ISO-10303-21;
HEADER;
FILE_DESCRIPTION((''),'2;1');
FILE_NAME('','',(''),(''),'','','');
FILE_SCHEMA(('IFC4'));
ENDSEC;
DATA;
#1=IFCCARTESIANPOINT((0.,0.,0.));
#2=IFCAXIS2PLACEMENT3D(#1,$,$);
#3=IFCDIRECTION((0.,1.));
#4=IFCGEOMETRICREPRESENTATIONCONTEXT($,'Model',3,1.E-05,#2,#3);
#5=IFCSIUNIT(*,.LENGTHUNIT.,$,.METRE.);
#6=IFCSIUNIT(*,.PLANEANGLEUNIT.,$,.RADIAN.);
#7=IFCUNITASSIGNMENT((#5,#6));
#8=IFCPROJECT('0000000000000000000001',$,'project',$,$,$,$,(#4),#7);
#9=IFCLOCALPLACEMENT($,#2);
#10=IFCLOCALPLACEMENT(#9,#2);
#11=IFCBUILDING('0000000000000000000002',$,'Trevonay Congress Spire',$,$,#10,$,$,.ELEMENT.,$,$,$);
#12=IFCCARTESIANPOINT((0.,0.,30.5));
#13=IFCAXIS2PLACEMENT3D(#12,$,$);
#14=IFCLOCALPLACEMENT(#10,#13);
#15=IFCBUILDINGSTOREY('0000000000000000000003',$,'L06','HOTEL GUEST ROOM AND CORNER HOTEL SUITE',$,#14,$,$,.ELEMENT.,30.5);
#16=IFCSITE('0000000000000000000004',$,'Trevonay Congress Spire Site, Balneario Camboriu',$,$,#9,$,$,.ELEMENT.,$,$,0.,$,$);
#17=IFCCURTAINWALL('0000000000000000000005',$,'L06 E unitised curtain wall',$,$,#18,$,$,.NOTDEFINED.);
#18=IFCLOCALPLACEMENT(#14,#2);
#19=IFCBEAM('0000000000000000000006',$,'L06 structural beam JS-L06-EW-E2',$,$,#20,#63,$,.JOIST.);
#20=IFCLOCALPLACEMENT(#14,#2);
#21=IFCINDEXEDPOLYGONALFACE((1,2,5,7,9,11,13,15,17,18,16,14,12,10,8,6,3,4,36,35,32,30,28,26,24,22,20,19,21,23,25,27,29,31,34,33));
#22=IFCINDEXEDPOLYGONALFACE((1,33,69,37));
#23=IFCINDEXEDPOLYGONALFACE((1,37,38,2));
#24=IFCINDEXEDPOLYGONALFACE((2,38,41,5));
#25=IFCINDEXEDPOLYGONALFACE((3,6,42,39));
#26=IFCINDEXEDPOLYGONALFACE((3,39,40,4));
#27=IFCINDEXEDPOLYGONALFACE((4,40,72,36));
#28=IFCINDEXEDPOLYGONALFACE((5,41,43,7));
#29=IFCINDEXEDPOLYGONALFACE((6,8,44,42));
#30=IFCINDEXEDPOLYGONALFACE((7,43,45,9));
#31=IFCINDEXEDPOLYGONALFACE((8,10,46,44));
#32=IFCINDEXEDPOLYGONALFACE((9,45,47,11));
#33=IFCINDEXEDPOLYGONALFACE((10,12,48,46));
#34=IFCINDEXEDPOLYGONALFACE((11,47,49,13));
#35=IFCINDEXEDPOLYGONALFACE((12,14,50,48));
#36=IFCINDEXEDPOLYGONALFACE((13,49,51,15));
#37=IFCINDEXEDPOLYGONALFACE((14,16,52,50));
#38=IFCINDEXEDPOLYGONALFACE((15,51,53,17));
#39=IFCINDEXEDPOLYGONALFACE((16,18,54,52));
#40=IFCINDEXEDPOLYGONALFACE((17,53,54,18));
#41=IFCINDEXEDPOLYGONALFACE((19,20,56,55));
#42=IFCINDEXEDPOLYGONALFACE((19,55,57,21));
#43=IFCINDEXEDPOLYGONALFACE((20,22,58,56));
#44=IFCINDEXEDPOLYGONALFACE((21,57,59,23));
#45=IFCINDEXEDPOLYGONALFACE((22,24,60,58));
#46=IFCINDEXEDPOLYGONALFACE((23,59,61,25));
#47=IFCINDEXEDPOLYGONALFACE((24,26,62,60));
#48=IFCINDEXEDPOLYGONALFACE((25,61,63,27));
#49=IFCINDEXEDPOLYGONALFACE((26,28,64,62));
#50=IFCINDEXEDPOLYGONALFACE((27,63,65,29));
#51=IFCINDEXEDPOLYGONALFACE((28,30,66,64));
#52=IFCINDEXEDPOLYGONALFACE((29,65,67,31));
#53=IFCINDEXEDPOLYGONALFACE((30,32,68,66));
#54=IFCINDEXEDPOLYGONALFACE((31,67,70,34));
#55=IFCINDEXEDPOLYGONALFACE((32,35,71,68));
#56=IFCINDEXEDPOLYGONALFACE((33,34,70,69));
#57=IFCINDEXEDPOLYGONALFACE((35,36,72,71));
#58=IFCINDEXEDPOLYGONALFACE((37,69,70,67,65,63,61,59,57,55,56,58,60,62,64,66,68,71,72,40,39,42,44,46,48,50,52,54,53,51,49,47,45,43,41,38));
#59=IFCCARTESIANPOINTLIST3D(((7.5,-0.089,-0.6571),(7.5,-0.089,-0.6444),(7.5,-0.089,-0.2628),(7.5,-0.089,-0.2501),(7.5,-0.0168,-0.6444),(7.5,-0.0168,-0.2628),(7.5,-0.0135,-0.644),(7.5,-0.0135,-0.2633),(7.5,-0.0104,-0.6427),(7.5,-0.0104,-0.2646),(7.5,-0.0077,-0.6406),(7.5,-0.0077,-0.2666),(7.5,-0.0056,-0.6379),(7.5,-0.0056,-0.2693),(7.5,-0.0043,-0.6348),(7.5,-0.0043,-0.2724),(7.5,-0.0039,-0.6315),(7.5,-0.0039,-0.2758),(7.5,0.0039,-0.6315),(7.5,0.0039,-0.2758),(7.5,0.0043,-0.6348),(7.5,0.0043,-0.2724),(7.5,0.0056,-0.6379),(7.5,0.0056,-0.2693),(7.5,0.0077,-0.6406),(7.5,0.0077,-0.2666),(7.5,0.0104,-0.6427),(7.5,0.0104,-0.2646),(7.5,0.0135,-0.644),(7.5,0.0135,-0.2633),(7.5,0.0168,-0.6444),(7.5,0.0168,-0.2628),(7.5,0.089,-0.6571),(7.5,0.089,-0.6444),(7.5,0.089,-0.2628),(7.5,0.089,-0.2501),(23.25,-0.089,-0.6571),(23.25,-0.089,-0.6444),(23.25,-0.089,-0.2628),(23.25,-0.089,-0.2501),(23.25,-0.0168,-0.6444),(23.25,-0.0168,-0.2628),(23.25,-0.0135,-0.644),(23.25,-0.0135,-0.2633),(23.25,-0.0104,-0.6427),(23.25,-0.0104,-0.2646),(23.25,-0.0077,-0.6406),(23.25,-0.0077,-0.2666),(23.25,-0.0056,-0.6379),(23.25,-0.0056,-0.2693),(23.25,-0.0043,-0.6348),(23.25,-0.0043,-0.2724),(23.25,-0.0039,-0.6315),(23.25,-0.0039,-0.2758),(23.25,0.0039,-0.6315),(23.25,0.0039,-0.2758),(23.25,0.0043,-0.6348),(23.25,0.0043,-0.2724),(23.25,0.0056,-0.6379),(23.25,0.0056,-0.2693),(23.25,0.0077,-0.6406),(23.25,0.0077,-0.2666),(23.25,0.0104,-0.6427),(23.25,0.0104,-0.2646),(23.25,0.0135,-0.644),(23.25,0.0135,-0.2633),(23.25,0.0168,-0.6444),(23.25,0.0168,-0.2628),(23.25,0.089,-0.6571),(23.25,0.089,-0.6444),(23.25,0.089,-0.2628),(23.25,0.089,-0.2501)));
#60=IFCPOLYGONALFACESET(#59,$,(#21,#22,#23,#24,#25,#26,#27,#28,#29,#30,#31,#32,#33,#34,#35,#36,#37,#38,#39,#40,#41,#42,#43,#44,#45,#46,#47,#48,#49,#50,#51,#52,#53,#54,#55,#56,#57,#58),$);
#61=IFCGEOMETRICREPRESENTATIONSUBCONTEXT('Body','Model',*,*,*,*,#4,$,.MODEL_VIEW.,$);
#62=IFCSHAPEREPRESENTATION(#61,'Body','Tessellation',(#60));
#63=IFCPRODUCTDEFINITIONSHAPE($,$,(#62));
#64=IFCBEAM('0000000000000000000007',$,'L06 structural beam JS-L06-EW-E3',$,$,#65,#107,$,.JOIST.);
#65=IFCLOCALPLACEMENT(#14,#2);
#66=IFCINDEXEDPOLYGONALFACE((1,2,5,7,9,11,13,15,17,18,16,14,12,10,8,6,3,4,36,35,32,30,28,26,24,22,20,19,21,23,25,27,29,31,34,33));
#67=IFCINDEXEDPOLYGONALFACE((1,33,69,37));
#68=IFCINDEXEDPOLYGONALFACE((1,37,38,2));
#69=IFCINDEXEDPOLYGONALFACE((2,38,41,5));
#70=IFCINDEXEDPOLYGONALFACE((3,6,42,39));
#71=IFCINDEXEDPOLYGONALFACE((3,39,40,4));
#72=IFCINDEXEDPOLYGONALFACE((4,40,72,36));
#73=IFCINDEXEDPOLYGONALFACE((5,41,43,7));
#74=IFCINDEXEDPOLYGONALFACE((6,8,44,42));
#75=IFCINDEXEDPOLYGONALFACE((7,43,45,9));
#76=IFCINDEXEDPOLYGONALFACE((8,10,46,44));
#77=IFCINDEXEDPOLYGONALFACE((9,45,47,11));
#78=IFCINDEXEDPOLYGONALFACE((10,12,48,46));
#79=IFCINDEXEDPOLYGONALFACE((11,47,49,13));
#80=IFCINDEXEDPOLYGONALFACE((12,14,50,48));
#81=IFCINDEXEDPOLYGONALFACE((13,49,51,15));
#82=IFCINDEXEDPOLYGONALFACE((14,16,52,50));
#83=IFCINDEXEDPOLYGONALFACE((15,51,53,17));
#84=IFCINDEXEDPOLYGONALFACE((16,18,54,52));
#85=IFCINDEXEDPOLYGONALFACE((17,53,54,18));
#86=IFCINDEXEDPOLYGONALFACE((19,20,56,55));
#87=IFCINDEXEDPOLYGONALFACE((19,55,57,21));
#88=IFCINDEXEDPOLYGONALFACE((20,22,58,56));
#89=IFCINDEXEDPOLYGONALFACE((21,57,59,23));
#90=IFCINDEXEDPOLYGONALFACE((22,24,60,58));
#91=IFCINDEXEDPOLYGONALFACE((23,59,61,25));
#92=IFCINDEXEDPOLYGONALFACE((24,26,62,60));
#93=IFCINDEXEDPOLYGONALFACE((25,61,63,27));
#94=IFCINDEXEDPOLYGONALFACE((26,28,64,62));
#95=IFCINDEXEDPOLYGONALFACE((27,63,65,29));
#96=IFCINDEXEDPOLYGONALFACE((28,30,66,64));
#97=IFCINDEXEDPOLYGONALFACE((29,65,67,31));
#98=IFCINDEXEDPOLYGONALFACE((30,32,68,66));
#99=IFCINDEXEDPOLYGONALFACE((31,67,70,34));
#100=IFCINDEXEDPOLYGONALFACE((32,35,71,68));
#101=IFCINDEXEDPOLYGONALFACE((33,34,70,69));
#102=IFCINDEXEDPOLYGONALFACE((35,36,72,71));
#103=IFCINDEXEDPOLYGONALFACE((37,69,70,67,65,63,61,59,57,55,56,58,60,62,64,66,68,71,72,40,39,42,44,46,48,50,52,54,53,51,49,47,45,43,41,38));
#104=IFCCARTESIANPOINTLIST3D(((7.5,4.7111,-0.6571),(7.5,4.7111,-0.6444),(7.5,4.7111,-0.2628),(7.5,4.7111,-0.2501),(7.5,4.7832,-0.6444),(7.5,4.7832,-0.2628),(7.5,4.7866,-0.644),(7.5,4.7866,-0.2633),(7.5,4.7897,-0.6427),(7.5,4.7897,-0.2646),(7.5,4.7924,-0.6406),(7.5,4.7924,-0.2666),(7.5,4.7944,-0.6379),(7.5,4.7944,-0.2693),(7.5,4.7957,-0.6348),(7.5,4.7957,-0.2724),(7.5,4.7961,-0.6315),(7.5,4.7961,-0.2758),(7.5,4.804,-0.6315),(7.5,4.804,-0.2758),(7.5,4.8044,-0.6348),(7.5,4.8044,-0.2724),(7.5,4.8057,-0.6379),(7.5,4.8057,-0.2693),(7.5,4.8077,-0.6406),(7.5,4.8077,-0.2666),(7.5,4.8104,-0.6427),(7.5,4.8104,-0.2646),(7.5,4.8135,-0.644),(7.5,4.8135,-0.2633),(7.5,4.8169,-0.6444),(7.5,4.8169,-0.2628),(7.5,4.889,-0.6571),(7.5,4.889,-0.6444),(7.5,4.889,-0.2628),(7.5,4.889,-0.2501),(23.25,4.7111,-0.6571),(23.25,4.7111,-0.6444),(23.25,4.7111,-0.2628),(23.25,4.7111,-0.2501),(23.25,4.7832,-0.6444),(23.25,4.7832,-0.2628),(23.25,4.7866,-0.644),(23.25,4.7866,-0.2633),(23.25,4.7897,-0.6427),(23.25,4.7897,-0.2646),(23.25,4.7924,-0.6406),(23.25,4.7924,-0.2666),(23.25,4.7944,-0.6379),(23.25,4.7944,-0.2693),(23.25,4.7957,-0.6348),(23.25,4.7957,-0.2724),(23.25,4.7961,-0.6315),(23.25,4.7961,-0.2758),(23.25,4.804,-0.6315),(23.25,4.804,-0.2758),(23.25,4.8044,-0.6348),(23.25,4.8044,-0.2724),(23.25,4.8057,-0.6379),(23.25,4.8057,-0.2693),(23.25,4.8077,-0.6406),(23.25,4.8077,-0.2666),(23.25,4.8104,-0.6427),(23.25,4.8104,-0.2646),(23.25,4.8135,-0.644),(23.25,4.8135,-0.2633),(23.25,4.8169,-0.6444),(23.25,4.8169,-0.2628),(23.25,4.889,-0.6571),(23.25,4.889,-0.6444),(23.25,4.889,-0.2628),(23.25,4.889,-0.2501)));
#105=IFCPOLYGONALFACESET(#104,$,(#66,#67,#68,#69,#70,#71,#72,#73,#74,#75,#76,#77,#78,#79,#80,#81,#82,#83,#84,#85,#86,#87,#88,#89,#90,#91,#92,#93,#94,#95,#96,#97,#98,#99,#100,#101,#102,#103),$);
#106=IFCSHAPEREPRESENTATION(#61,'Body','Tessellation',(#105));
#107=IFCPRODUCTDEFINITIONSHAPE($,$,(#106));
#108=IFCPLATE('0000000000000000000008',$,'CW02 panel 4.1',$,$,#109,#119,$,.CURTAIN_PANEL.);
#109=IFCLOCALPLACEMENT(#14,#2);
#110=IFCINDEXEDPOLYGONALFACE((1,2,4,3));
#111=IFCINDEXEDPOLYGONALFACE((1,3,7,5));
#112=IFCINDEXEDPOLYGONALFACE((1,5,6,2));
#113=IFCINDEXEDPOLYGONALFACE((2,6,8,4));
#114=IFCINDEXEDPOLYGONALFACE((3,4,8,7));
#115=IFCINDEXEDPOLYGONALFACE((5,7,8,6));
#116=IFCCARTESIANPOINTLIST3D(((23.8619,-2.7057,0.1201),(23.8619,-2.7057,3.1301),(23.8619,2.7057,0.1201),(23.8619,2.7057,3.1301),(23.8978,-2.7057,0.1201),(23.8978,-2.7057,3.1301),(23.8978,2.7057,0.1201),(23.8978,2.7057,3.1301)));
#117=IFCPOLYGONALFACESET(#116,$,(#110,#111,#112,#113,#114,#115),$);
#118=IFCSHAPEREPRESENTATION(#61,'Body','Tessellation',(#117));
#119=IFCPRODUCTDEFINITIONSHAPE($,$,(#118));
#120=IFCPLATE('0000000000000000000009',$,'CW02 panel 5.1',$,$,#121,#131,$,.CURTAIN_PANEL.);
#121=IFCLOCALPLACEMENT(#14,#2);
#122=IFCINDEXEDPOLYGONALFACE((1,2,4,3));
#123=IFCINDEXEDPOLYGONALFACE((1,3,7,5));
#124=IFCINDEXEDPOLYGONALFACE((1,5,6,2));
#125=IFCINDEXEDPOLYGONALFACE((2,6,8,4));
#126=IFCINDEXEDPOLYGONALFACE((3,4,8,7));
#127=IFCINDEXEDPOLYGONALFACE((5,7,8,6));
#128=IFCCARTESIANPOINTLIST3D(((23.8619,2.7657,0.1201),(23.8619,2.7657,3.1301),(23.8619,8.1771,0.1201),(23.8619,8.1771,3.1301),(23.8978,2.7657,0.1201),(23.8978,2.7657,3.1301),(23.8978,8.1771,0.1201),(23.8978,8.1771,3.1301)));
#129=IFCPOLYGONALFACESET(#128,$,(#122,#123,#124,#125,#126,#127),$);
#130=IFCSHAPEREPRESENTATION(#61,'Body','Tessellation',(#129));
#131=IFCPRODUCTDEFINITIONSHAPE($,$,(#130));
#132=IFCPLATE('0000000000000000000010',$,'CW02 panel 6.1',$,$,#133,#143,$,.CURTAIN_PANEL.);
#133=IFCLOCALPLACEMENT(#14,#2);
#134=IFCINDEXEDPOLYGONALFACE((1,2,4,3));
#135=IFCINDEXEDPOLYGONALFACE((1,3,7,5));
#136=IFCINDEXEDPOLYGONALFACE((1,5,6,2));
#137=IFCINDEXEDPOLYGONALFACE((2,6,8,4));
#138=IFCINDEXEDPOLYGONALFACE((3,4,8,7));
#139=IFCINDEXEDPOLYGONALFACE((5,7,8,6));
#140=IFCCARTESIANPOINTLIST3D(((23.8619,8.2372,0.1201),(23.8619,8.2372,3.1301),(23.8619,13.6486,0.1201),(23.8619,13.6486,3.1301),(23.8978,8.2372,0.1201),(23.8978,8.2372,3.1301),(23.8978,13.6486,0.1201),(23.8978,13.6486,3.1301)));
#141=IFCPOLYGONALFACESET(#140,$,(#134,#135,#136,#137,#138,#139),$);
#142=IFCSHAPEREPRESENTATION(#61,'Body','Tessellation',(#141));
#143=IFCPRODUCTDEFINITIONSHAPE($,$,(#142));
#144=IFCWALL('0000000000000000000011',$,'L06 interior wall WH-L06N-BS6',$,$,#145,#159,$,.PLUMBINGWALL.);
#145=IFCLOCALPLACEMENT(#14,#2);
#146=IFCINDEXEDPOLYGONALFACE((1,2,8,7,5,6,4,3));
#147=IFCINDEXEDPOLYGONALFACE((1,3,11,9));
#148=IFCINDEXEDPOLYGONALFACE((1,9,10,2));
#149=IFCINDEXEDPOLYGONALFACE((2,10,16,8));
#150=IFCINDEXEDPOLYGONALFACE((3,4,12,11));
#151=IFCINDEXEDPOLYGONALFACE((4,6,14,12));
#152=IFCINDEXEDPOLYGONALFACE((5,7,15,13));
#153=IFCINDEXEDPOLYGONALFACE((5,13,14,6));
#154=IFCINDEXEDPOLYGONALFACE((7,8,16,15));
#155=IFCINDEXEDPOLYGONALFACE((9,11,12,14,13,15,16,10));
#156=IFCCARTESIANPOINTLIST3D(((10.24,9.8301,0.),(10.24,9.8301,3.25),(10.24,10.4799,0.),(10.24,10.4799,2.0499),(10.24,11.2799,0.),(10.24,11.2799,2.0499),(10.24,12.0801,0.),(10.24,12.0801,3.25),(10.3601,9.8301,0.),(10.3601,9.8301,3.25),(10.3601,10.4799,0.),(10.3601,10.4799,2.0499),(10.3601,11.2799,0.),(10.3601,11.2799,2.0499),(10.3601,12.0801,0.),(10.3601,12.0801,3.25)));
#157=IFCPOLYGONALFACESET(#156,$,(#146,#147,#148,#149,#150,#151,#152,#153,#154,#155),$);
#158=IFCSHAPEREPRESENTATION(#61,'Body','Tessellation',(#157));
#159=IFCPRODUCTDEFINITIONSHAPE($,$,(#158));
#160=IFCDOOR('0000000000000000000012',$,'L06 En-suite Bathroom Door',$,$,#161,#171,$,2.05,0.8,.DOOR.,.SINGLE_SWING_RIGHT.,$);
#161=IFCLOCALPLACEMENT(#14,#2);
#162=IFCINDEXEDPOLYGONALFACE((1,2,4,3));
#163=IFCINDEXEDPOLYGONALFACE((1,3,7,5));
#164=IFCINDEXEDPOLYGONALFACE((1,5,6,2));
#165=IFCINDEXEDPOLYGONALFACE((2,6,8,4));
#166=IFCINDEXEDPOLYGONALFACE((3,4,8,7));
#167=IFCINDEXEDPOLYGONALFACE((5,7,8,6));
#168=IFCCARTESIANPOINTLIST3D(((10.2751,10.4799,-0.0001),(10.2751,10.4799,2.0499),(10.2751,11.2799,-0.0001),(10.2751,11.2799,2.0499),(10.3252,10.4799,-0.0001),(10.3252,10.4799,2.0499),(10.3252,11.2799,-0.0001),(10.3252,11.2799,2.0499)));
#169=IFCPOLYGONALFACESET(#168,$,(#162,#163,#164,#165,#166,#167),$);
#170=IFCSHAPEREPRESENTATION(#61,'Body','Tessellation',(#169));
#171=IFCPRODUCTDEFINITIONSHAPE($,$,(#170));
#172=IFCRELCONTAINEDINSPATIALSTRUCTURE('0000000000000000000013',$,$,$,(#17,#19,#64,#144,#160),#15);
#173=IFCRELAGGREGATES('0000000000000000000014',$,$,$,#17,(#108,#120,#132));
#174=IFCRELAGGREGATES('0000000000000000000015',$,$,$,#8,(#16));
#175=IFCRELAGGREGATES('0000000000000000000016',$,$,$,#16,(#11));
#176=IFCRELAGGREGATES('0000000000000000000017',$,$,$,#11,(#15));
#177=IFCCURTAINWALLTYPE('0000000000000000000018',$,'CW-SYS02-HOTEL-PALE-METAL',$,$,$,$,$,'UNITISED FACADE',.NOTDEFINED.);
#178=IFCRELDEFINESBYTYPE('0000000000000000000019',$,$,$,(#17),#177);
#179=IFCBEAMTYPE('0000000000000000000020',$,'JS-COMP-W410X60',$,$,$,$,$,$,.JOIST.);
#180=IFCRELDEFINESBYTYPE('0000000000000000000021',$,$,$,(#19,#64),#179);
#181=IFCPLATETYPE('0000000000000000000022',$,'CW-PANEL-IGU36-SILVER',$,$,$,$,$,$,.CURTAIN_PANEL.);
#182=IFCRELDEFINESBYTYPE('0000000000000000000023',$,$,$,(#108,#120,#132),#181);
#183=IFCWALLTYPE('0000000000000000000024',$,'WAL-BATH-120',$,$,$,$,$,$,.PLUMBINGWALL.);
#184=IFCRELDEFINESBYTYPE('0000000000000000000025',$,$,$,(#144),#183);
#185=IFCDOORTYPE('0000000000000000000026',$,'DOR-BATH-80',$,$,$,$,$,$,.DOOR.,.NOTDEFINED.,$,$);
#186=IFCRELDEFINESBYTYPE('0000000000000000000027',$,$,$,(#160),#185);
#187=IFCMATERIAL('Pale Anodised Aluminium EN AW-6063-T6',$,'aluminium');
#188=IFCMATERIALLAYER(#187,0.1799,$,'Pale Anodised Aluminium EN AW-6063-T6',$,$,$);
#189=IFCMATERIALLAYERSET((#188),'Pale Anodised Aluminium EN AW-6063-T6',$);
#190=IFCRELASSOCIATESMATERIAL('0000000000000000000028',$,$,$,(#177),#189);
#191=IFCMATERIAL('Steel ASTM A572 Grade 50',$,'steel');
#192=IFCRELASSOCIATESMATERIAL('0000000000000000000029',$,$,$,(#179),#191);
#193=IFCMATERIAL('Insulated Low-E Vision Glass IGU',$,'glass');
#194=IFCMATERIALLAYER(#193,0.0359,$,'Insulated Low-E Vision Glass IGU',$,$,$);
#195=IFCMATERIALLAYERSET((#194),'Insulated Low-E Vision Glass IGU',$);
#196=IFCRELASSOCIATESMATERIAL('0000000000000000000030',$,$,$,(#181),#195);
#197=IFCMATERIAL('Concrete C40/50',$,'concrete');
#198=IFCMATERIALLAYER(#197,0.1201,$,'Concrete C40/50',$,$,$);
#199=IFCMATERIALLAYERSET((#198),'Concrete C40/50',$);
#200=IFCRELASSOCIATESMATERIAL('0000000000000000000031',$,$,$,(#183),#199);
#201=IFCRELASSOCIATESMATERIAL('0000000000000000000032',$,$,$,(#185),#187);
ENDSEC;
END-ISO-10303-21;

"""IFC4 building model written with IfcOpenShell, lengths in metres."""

from ifc_helpers import new_model, si_unit, direction, frame, frame_2d, origin, origin_2d, place, context, subcontext, project, spatial, rectangle, i_section, extrude, material, layer, layer_set, material_profile, profile_set, type_object, element, fill, aggregate, save


model = new_model("IFC4")

# Units and contexts
model_context = context("Model", 3, precision=1e-05, world=origin(), true_north=direction((0.0, 1.0)))
body_context = subcontext(model_context, "Body", "Model", "MODEL_VIEW")
ifc_project = project(units=[si_unit("LENGTHUNIT", "METRE"), si_unit("PLANEANGLEUNIT", "RADIAN")], contexts=[model_context])

# Site, building, storey
site_placement = place(None, origin())
site = spatial("IfcSite", under=ifc_project, at=site_placement, Name="Trevonay Congress Spire Site, Balneario Camboriu", CompositionType="ELEMENT", RefElevation=0.0)
building_placement = place(site_placement, origin())
building = spatial("IfcBuilding", under=site, at=building_placement, Name="Trevonay Congress Spire", CompositionType="ELEMENT")
storey_placement = place(building_placement, frame((0.0, 0.0, 30.5)))
storey = spatial("IfcBuildingStorey", under=building, at=storey_placement, Name="L06", Description="HOTEL GUEST ROOM AND CORNER HOTEL SUITE", CompositionType="ELEMENT", Elevation=30.5)

# Shared definitions
ifc_material_1 = material(Name="Steel ASTM A572 Grade 50", Category="steel")

# Curtain wall
ifc_material_2 = material(Name="Pale Anodised Aluminium EN AW-6063-T6", Category="aluminium")
ifc_layer_1 = layer(ifc_material_2, 0.1799, Name="Pale Anodised Aluminium EN AW-6063-T6")
ifc_layer_set_1 = layer_set([ifc_layer_1], Name="Pale Anodised Aluminium EN AW-6063-T6")
curtain_wall_type = type_object("IfcCurtainWallType", Name="CW-SYS02-HOTEL-PALE-METAL", ElementType="UNITISED FACADE", PredefinedType="NOTDEFINED", material=ifc_layer_set_1)
curtain_wall_placement = place(storey_placement, origin())
curtain_wall = element("IfcCurtainWall", 1, at=curtain_wall_placement, inside=storey, type_object=curtain_wall_type, Name="L06 E unitised curtain wall", PredefinedType="NOTDEFINED")

# Beams
ifc_material_profile_1 = material_profile(ifc_material_1, i_section(OverallWidth=0.178, OverallDepth=0.407, WebThickness=0.0078, FlangeThickness=0.0127, FilletRadius=0.0129, at=origin_2d()), Name="W410x60")
ifc_profile_set_1 = profile_set([ifc_material_profile_1], Name="Steel ASTM A572 Grade 50")
beam_type_1 = type_object("IfcBeamType", Name="JS-COMP-W410X60", PredefinedType="JOIST", material=ifc_profile_set_1)
for number, where, z_axis, x_axis, name in (
    (2, (7.5, 0.0, -0.4536), (1.0, 0.0, 0.0), (0.0, 1.0, 0.0), "L06 structural beam JS-L06-EW-E2"),
    (3, (7.5, 4.8, -0.4536), (1.0, 0.0, 0.0), (0.0, 1.0, 0.0), "L06 structural beam JS-L06-EW-E3"),
):
    element("IfcBeam", number, at=place(storey_placement, frame(where, z_axis=z_axis, x_axis=x_axis)), inside=storey, type_object=beam_type_1, Name=name, PredefinedType="JOIST", context=body_context, shape_type="SweptSolid", body=[
        extrude(i_section(OverallWidth=0.178, OverallDepth=0.407, WebThickness=0.0078, FlangeThickness=0.0127, FilletRadius=0.0129, at=origin_2d()), origin(), (0.0, 0.0, 1.0), 15.75),
    ])

# Plates
ifc_material_3 = material(Name="Insulated Low-E Vision Glass IGU", Category="glass")
ifc_layer_2 = layer(ifc_material_3, 0.0359, Name="Insulated Low-E Vision Glass IGU")
ifc_layer_set_2 = layer_set([ifc_layer_2], Name="Insulated Low-E Vision Glass IGU")
plate_type = type_object("IfcPlateType", Name="CW-PANEL-IGU36-SILVER", PredefinedType="CURTAIN_PANEL", material=ifc_layer_set_2)
plate_1_placement = place(storey_placement, frame((23.8799, 0.0, 0.1201), z_axis=(0.0, 0.0, 1.0), x_axis=(0.0, 1.0, 0.0)))
plate_1 = element("IfcPlate", 4, at=plate_1_placement, type_object=plate_type, Name="CW02 panel 4.1", PredefinedType="CURTAIN_PANEL", context=body_context, shape_type="SweptSolid", body=[
    extrude(rectangle(XDim=5.4114, YDim=0.0359, at=origin_2d()), origin(), (0.0, 0.0, 1.0), 3.01),
])
plate_2_placement = place(storey_placement, frame((23.8799, 5.4714, 0.1201), z_axis=(0.0, 0.0, 1.0), x_axis=(0.0, 1.0, 0.0)))
plate_2 = element("IfcPlate", 5, at=plate_2_placement, type_object=plate_type, Name="CW02 panel 5.1", PredefinedType="CURTAIN_PANEL", context=body_context, shape_type="SweptSolid", body=[
    extrude(rectangle(XDim=5.4114, YDim=0.0359, at=origin_2d()), origin(), (0.0, 0.0, 1.0), 3.01),
])
plate_3_placement = place(storey_placement, frame((23.8799, 10.9429, 0.1201), z_axis=(0.0, 0.0, 1.0), x_axis=(0.0, 1.0, 0.0)))
plate_3 = element("IfcPlate", 6, at=plate_3_placement, type_object=plate_type, Name="CW02 panel 6.1", PredefinedType="CURTAIN_PANEL", context=body_context, shape_type="SweptSolid", body=[
    extrude(rectangle(XDim=5.4114, YDim=0.0359, at=origin_2d()), origin(), (0.0, 0.0, 1.0), 3.01),
])
aggregate(curtain_wall, [plate_1, plate_2, plate_3])

# Wall, opening, door
ifc_material_4 = material(Name="Concrete C40/50", Category="concrete")
ifc_layer_3 = layer(ifc_material_4, 0.1201, Name="Concrete C40/50")
ifc_layer_set_3 = layer_set([ifc_layer_3], Name="Concrete C40/50")
wall_type_1 = type_object("IfcWallType", Name="WAL-BATH-120", PredefinedType="PLUMBINGWALL", material=ifc_layer_set_3)
wall_1_placement = place(storey_placement, frame((10.3, 9.8301, 0.0), z_axis=(0.0, 0.0, 1.0), x_axis=(0.0, 1.0, 0.0)))
wall_1 = element("IfcWall", 7, at=wall_1_placement, inside=storey, type_object=wall_type_1, Name="L06 interior wall WH-L06N-BS6", PredefinedType="PLUMBINGWALL", context=body_context, shape_type="SweptSolid", body=[
    extrude(rectangle(XDim=2.25, YDim=0.1201, at=frame_2d((1.125, 0.0))), origin(), (0.0, 0.0, 1.0), 3.25),
])
opening_1_placement = place(wall_1_placement, frame((0.6499, 0.0, 0.0)))
opening_1 = element("IfcOpeningElement", 8, at=opening_1_placement, cuts=wall_1, PredefinedType="OPENING", context=body_context, shape_type="SweptSolid", body=[
    extrude(rectangle(XDim=0.8, YDim=2.05, at=frame_2d((0.3999, 1.0249))), frame((0.0, 0.0701, 0.0), z_axis=(0.0, -1.0, 0.0), x_axis=(1.0, 0.0, 0.0)), (0.0, 0.0, 1.0), 0.1401),
])
door_type = type_object("IfcDoorType", Name="DOR-BATH-80", OperationType="NOTDEFINED", PredefinedType="DOOR", material=ifc_material_2)
door_1_placement = place(opening_1_placement, origin())
door_1 = element("IfcDoor", 9, at=door_1_placement, inside=storey, type_object=door_type, Name="L06 En-suite Bathroom Door", OperationType="SINGLE_SWING_RIGHT", OverallHeight=2.05, OverallWidth=0.8, PredefinedType="DOOR", context=body_context, shape_type="SweptSolid", body=[
    extrude(rectangle(XDim=0.8, YDim=2.05, at=frame_2d((0.3999, 1.0249))), frame((0.0, 0.0249, 0.0), z_axis=(0.0, -1.0, 0.0), x_axis=(1.0, 0.0, 0.0)), (0.0, 0.0, 1.0), 0.05),
])
fill(opening_1, door_1)

save(model, "model.ifc")
